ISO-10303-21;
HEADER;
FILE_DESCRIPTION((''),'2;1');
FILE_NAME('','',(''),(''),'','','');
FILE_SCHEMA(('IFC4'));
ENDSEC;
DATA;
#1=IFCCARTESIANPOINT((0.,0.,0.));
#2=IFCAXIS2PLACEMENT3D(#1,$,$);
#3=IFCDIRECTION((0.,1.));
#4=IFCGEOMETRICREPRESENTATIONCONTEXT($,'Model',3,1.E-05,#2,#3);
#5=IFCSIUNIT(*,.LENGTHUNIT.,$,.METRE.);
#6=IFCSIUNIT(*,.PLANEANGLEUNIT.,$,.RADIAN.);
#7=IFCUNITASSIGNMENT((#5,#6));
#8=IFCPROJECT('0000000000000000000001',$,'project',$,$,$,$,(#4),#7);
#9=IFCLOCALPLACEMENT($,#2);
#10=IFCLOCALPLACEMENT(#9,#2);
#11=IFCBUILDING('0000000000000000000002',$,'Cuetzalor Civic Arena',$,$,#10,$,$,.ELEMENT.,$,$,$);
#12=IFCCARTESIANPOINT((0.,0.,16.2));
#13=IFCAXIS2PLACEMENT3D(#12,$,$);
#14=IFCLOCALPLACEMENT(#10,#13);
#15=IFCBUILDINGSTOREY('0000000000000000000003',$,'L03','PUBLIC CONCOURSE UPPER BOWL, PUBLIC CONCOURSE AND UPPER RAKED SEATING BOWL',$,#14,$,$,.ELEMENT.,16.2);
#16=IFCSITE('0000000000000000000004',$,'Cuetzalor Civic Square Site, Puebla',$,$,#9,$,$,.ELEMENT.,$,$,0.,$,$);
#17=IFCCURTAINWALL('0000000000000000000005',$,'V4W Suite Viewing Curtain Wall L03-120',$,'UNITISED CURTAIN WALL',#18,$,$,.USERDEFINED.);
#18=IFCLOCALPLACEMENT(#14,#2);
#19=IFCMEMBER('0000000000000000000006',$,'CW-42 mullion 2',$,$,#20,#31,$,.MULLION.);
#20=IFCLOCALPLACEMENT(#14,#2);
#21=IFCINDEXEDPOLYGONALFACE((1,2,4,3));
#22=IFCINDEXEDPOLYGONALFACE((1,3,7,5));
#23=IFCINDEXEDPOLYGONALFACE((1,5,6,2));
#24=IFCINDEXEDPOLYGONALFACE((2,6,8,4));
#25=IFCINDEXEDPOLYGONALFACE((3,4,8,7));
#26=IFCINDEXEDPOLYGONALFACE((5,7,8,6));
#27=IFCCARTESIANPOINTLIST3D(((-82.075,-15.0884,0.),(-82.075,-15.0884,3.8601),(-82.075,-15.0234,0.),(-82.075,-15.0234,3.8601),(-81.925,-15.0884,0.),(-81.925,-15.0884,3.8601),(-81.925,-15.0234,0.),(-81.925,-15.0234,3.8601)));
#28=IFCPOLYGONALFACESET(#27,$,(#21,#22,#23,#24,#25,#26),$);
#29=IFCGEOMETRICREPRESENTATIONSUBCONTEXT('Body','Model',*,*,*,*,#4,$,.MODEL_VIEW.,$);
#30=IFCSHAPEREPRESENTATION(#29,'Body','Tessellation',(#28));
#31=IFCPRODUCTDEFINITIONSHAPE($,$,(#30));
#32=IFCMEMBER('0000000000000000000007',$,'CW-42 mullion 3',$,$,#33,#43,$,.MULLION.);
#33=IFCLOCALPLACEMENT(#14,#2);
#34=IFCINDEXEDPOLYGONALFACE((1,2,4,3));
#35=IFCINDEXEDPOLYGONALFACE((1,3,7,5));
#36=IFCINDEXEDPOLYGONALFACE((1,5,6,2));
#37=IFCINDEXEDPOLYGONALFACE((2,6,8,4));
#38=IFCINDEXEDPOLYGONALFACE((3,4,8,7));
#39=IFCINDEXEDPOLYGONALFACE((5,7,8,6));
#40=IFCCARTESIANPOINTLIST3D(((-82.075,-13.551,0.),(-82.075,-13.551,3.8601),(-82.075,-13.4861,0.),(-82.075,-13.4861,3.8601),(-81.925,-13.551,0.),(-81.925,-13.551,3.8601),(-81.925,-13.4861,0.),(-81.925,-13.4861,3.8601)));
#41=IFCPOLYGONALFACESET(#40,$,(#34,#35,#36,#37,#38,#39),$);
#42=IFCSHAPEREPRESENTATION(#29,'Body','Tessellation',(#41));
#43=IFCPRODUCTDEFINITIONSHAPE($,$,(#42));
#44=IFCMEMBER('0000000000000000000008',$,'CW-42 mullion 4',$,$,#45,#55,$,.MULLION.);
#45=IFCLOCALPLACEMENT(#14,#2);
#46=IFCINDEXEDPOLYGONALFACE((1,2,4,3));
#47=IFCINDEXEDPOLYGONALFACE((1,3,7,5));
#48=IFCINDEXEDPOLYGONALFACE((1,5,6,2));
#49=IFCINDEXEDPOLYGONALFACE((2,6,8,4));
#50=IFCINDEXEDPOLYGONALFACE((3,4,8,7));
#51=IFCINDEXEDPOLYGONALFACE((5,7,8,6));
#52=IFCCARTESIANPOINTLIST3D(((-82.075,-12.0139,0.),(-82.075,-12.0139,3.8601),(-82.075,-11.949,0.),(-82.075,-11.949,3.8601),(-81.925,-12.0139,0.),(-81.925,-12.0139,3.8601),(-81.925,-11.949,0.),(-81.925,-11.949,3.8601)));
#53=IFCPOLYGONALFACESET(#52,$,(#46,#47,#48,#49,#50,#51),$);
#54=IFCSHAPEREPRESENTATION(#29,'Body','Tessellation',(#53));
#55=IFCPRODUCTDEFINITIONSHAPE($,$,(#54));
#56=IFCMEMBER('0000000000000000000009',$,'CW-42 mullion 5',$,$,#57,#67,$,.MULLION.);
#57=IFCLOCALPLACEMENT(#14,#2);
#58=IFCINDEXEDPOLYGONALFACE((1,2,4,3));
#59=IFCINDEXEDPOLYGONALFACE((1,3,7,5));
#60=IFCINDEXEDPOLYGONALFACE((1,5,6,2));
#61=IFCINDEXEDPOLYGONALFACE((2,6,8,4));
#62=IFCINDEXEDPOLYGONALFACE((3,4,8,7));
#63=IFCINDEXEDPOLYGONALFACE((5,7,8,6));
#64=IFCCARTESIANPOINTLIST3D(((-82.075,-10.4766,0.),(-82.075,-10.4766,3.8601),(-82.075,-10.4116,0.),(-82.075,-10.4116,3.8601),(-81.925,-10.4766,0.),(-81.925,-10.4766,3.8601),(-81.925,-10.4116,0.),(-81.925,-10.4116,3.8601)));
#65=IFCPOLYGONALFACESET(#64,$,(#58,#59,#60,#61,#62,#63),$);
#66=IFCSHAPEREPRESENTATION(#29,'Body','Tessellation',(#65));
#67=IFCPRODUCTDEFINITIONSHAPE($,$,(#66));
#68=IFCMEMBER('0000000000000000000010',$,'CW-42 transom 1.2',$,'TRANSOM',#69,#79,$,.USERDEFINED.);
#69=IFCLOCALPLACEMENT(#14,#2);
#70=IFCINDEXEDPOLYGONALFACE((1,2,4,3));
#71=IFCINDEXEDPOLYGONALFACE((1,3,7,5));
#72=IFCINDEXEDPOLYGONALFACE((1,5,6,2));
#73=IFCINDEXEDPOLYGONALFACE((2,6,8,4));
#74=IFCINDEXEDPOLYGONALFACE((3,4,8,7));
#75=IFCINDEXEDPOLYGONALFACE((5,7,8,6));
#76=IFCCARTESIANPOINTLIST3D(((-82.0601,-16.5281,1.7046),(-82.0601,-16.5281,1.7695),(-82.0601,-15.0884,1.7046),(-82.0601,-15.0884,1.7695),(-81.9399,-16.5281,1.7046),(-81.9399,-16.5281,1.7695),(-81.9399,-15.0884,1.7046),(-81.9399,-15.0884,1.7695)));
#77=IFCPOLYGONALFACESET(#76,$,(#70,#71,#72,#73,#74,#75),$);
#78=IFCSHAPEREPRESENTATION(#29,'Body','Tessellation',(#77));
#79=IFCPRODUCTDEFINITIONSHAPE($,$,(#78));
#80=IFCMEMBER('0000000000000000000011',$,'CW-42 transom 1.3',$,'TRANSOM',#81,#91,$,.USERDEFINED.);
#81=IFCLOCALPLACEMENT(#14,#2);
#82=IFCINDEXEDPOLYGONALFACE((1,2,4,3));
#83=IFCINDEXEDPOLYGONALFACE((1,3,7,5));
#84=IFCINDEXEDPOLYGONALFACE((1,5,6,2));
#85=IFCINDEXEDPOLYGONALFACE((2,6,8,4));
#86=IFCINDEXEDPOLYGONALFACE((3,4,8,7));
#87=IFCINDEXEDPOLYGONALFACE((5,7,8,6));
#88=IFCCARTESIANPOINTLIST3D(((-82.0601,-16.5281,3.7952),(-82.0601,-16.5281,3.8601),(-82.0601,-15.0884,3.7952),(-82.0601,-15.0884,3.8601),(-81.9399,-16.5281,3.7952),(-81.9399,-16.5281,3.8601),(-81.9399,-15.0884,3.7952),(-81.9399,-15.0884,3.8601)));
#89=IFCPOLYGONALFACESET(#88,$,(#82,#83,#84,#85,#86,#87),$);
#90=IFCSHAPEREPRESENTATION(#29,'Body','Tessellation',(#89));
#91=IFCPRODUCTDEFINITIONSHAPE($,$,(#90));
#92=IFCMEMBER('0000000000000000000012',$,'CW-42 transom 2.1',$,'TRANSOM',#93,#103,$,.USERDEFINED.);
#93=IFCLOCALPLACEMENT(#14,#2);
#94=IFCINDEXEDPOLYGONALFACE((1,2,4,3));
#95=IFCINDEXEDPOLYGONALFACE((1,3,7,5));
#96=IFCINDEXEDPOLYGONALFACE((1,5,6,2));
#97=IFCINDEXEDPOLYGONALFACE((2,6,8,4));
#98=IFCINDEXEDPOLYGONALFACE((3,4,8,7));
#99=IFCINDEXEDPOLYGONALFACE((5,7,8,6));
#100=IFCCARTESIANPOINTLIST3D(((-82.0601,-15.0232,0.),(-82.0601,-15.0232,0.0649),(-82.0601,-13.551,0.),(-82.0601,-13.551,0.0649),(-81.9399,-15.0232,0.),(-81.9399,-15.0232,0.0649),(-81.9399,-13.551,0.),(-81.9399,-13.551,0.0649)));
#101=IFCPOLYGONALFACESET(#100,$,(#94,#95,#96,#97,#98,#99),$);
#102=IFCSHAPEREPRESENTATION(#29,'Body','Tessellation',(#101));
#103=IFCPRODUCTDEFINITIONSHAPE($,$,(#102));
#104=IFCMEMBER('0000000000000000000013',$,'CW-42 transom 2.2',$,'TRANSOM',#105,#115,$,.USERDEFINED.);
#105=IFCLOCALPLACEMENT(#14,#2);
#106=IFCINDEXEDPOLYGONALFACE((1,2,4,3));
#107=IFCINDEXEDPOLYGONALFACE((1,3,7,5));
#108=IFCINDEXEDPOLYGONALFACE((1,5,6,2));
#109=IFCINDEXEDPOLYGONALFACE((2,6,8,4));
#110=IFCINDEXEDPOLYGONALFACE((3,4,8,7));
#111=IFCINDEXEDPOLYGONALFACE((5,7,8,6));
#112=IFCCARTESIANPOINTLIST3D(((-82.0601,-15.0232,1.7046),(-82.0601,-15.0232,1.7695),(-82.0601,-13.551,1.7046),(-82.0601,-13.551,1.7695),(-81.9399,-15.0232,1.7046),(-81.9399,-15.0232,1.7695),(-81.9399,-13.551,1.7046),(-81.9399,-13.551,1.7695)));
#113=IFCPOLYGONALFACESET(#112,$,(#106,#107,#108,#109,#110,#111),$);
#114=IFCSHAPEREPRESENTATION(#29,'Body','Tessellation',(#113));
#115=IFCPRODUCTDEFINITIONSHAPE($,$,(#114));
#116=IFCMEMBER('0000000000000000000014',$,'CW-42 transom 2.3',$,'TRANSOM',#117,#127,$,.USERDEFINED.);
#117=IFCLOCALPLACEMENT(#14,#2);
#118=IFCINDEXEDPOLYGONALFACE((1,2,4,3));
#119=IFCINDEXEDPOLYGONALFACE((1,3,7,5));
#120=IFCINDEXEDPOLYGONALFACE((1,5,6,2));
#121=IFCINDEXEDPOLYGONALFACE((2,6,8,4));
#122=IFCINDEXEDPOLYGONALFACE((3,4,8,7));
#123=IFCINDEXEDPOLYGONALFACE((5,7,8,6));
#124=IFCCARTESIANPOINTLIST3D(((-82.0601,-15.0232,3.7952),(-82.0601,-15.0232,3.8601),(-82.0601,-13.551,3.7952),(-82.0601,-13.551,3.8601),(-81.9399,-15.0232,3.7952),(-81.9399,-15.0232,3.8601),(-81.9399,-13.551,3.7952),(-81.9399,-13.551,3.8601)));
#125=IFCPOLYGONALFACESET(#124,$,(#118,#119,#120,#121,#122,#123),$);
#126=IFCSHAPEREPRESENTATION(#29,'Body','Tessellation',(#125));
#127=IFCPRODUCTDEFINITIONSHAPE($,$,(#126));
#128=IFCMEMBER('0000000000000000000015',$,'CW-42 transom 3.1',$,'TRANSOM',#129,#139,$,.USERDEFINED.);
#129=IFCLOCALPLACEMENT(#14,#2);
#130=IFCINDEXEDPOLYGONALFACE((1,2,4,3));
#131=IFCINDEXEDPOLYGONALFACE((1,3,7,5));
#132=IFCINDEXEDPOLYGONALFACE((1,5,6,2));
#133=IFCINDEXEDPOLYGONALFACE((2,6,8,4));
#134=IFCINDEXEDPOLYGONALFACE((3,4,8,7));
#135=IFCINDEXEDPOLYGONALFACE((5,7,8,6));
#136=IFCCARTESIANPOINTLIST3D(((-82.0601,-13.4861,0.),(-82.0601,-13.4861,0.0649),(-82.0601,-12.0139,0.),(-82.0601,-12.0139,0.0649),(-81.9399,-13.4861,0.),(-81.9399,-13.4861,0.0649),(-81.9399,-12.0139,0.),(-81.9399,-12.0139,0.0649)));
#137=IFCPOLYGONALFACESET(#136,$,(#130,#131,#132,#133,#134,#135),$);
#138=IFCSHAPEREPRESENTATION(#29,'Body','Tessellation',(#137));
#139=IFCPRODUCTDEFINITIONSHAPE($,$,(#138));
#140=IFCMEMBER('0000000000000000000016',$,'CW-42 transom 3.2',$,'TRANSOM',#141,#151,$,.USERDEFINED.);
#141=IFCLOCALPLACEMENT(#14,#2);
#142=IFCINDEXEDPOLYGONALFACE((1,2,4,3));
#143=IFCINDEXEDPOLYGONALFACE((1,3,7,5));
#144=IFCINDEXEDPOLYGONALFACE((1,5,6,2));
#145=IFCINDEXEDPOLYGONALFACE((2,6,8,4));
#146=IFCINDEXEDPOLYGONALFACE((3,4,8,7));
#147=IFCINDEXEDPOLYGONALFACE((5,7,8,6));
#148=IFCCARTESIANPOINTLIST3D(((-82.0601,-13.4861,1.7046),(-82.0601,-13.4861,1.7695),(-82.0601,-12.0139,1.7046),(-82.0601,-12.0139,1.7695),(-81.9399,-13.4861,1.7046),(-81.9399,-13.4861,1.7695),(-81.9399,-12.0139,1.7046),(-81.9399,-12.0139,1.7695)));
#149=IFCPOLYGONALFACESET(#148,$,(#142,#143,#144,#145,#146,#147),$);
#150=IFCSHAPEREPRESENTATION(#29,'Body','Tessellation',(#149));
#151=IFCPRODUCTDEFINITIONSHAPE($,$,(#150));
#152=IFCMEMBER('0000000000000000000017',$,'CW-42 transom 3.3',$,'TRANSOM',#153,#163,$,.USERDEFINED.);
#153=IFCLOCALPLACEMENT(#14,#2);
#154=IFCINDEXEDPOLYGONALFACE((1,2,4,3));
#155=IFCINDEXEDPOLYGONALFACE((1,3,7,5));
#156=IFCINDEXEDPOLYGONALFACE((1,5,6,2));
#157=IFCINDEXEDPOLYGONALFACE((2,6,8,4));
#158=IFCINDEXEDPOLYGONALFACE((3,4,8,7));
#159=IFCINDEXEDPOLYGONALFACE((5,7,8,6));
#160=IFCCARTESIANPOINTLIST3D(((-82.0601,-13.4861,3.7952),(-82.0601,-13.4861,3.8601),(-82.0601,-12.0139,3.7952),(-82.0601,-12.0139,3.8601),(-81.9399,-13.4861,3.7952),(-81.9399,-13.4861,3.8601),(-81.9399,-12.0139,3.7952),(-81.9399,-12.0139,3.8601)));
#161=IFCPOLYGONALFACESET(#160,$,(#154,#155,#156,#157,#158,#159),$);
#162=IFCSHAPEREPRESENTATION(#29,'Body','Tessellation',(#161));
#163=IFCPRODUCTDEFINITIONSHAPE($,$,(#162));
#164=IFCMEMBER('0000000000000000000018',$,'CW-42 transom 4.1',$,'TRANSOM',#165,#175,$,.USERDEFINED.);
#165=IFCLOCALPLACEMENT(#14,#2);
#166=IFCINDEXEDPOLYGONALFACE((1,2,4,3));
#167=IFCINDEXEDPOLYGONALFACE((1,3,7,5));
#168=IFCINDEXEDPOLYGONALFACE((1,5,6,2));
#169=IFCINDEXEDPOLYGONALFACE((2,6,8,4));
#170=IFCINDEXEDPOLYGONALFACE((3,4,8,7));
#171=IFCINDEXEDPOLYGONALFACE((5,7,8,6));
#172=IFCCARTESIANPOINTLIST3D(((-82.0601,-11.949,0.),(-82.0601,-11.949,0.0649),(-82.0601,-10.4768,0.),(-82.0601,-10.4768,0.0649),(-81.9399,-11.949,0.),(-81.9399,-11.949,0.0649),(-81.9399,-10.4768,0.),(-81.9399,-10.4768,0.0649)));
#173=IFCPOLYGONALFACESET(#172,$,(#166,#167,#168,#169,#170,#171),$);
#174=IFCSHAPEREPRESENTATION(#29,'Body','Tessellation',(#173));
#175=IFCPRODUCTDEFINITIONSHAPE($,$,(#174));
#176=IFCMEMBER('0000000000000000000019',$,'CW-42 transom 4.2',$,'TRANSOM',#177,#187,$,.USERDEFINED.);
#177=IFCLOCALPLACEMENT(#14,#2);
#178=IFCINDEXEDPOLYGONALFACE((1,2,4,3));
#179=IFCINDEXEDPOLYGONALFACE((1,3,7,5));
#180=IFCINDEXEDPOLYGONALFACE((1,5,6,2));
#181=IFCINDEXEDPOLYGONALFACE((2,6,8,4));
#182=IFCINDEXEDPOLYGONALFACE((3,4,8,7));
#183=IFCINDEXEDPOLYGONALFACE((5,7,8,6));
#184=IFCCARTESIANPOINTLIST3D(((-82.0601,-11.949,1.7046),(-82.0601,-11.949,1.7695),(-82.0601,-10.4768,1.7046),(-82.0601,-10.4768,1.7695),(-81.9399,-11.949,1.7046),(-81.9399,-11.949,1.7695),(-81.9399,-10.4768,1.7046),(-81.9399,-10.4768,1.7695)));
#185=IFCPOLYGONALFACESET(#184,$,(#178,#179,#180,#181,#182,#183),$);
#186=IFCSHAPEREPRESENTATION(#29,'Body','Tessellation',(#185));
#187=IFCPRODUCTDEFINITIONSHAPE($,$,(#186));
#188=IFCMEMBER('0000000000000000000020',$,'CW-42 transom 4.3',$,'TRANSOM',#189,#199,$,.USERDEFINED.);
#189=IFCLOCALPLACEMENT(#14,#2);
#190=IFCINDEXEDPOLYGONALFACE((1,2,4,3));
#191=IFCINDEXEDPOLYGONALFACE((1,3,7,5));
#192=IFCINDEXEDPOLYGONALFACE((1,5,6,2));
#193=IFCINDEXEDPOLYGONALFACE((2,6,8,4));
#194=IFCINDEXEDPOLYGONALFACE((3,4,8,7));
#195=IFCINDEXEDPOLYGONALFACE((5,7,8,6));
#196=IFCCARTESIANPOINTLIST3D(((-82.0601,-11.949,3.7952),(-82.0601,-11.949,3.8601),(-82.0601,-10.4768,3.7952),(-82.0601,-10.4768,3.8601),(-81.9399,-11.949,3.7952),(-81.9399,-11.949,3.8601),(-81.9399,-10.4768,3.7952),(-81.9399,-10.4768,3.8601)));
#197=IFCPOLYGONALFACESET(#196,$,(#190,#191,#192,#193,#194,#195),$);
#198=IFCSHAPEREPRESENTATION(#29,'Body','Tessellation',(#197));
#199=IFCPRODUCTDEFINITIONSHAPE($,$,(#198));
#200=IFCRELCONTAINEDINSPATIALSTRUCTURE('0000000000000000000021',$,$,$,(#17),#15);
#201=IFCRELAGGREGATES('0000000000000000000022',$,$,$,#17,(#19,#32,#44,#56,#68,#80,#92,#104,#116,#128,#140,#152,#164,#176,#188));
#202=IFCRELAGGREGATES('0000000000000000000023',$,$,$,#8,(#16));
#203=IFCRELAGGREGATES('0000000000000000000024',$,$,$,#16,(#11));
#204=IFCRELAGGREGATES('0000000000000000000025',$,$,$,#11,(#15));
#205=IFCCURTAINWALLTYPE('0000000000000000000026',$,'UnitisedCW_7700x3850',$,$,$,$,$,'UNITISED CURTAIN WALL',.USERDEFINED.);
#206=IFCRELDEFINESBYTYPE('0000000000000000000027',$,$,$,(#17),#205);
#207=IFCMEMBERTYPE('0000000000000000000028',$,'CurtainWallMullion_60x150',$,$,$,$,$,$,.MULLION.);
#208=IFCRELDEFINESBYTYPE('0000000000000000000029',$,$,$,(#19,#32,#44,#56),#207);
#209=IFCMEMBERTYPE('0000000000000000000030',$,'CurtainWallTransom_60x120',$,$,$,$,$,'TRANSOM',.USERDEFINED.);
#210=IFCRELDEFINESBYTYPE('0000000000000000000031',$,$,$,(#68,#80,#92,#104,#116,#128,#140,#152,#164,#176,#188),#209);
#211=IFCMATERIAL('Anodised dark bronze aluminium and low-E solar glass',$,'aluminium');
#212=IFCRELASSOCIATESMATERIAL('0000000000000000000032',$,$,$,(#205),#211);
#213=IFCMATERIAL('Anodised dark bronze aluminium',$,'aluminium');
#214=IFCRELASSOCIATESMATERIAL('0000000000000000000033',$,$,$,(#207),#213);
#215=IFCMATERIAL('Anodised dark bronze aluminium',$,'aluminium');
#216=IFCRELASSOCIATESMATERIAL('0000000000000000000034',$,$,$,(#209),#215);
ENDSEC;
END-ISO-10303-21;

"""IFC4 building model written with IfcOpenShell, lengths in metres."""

from ifc_helpers import new_model, si_unit, direction, frame, origin, origin_2d, place, context, subcontext, project, spatial, rectangle, extrude, material, material_profile, profile_set, type_object, element, aggregate, save


model = new_model("IFC4")

# Units and contexts
model_context = context("Model", 3, precision=1e-05, world=origin(), true_north=direction((0.0, 1.0)))
body_context = subcontext(model_context, "Body", "Model", "MODEL_VIEW")
ifc_project = project(units=[si_unit("LENGTHUNIT", "METRE"), si_unit("PLANEANGLEUNIT", "RADIAN")], contexts=[model_context])

# Site, building, storey
site_placement = place(None, origin())
site = spatial("IfcSite", under=ifc_project, at=site_placement, Name="Cuetzalor Civic Square Site, Puebla", CompositionType="ELEMENT", RefElevation=0.0)
building_placement = place(site_placement, origin())
building = spatial("IfcBuilding", under=site, at=building_placement, Name="Cuetzalor Civic Arena", CompositionType="ELEMENT")
storey_placement = place(building_placement, frame((0.0, 0.0, 16.2)))
storey = spatial("IfcBuildingStorey", under=building, at=storey_placement, Name="L03", Description="PUBLIC CONCOURSE UPPER BOWL, PUBLIC CONCOURSE AND UPPER RAKED SEATING BOWL", CompositionType="ELEMENT", Elevation=16.2)

# Curtain wall, members
ifc_material_1 = material(Name="Anodised dark bronze aluminium and low-E solar glass", Category="aluminium")
curtain_wall_type = type_object("IfcCurtainWallType", Name="UnitisedCW_7700x3850", ElementType="UNITISED CURTAIN WALL", PredefinedType="USERDEFINED", material=ifc_material_1)
curtain_wall_placement = place(storey_placement, origin())
curtain_wall = element("IfcCurtainWall", 1, at=curtain_wall_placement, inside=storey, type_object=curtain_wall_type, Name="V4W Suite Viewing Curtain Wall L03-120", ObjectType="UNITISED CURTAIN WALL", PredefinedType="USERDEFINED")
ifc_material_2 = material(Name="Anodised dark bronze aluminium", Category="aluminium")
ifc_material_profile_1 = material_profile(ifc_material_2, rectangle(XDim=0.0649, YDim=0.1499, at=origin_2d()), Name="ALU MULLION 65x150")
ifc_profile_set_1 = profile_set([ifc_material_profile_1], Name="Anodised dark bronze aluminium")
member_type_1 = type_object("IfcMemberType", Name="CurtainWallMullion_60x150", PredefinedType="MULLION", material=ifc_profile_set_1)
member_1_placement = place(storey_placement, frame((-82.0, -15.0559, 0.0), z_axis=(0.0, 0.0, 1.0), x_axis=(0.0, 1.0, 0.0)))
member_1 = element("IfcMember", 2, at=member_1_placement, type_object=member_type_1, Name="CW-42 mullion 2", PredefinedType="MULLION", context=body_context, shape_type="SweptSolid", body=[
    extrude(rectangle(XDim=0.0649, YDim=0.1499, at=origin_2d()), origin(), (0.0, 0.0, 1.0), 3.8601),
])
member_2_placement = place(storey_placement, frame((-82.0, -13.5186, 0.0), z_axis=(0.0, 0.0, 1.0), x_axis=(0.0, 1.0, 0.0)))
member_2 = element("IfcMember", 3, at=member_2_placement, type_object=member_type_1, Name="CW-42 mullion 3", PredefinedType="MULLION", context=body_context, shape_type="SweptSolid", body=[
    extrude(rectangle(XDim=0.0649, YDim=0.1499, at=origin_2d()), origin(), (0.0, 0.0, 1.0), 3.8601),
])
member_3_placement = place(storey_placement, frame((-82.0, -11.9814, 0.0), z_axis=(0.0, 0.0, 1.0), x_axis=(0.0, 1.0, 0.0)))
member_3 = element("IfcMember", 4, at=member_3_placement, type_object=member_type_1, Name="CW-42 mullion 4", PredefinedType="MULLION", context=body_context, shape_type="SweptSolid", body=[
    extrude(rectangle(XDim=0.0649, YDim=0.1499, at=origin_2d()), origin(), (0.0, 0.0, 1.0), 3.8601),
])
member_4_placement = place(storey_placement, frame((-82.0, -10.4441, 0.0), z_axis=(0.0, 0.0, 1.0), x_axis=(0.0, 1.0, 0.0)))
member_4 = element("IfcMember", 5, at=member_4_placement, type_object=member_type_1, Name="CW-42 mullion 5", PredefinedType="MULLION", context=body_context, shape_type="SweptSolid", body=[
    extrude(rectangle(XDim=0.0649, YDim=0.1499, at=origin_2d()), origin(), (0.0, 0.0, 1.0), 3.8601),
])
ifc_material_3 = material(Name="Anodised dark bronze aluminium", Category="aluminium")
ifc_material_profile_2 = material_profile(ifc_material_3, rectangle(XDim=0.1201, YDim=0.0649, at=origin_2d()), Name="ALU TRANSOM 65x120")
ifc_profile_set_2 = profile_set([ifc_material_profile_2], Name="Anodised dark bronze aluminium")
member_type_2 = type_object("IfcMemberType", Name="CurtainWallTransom_60x120", ElementType="TRANSOM", PredefinedType="USERDEFINED", material=ifc_profile_set_2)
member_5_placement = place(storey_placement, frame((-82.0, -16.5281, 1.7371), z_axis=(0.0, 1.0, 0.0), x_axis=(-1.0, 0.0, 0.0)))
member_5 = element("IfcMember", 6, at=member_5_placement, type_object=member_type_2, Name="CW-42 transom 1.2", ObjectType="TRANSOM", PredefinedType="USERDEFINED", context=body_context, shape_type="SweptSolid", body=[
    extrude(rectangle(XDim=0.1201, YDim=0.0649, at=origin_2d()), origin(), (0.0, 0.0, 1.0), 1.4397),
])
member_6_placement = place(storey_placement, frame((-82.0, -16.5281, 3.8276), z_axis=(0.0, 1.0, 0.0), x_axis=(-1.0, 0.0, 0.0)))
member_6 = element("IfcMember", 7, at=member_6_placement, type_object=member_type_2, Name="CW-42 transom 1.3", ObjectType="TRANSOM", PredefinedType="USERDEFINED", context=body_context, shape_type="SweptSolid", body=[
    extrude(rectangle(XDim=0.1201, YDim=0.0649, at=origin_2d()), origin(), (0.0, 0.0, 1.0), 1.4397),
])
member_7_placement = place(storey_placement, frame((-82.0, -15.0232, 0.0325), z_axis=(0.0, 1.0, 0.0), x_axis=(-1.0, 0.0, 0.0)))
member_7 = element("IfcMember", 8, at=member_7_placement, type_object=member_type_2, Name="CW-42 transom 2.1", ObjectType="TRANSOM", PredefinedType="USERDEFINED", context=body_context, shape_type="SweptSolid", body=[
    extrude(rectangle(XDim=0.1201, YDim=0.0649, at=origin_2d()), origin(), (0.0, 0.0, 1.0), 1.4722),
])
member_8_placement = place(storey_placement, frame((-82.0, -15.0232, 1.7371), z_axis=(0.0, 1.0, 0.0), x_axis=(-1.0, 0.0, 0.0)))
member_8 = element("IfcMember", 9, at=member_8_placement, type_object=member_type_2, Name="CW-42 transom 2.2", ObjectType="TRANSOM", PredefinedType="USERDEFINED", context=body_context, shape_type="SweptSolid", body=[
    extrude(rectangle(XDim=0.1201, YDim=0.0649, at=origin_2d()), origin(), (0.0, 0.0, 1.0), 1.4722),
])
member_9_placement = place(storey_placement, frame((-82.0, -15.0232, 3.8276), z_axis=(0.0, 1.0, 0.0), x_axis=(-1.0, 0.0, 0.0)))
member_9 = element("IfcMember", 10, at=member_9_placement, type_object=member_type_2, Name="CW-42 transom 2.3", ObjectType="TRANSOM", PredefinedType="USERDEFINED", context=body_context, shape_type="SweptSolid", body=[
    extrude(rectangle(XDim=0.1201, YDim=0.0649, at=origin_2d()), origin(), (0.0, 0.0, 1.0), 1.4722),
])
member_10_placement = place(storey_placement, frame((-82.0, -13.4861, 0.0325), z_axis=(0.0, 1.0, 0.0), x_axis=(-1.0, 0.0, 0.0)))
member_10 = element("IfcMember", 11, at=member_10_placement, type_object=member_type_2, Name="CW-42 transom 3.1", ObjectType="TRANSOM", PredefinedType="USERDEFINED", context=body_context, shape_type="SweptSolid", body=[
    extrude(rectangle(XDim=0.1201, YDim=0.0649, at=origin_2d()), origin(), (0.0, 0.0, 1.0), 1.4722),
])
member_11_placement = place(storey_placement, frame((-82.0, -13.4861, 1.7371), z_axis=(0.0, 1.0, 0.0), x_axis=(-1.0, 0.0, 0.0)))
member_11 = element("IfcMember", 12, at=member_11_placement, type_object=member_type_2, Name="CW-42 transom 3.2", ObjectType="TRANSOM", PredefinedType="USERDEFINED", context=body_context, shape_type="SweptSolid", body=[
    extrude(rectangle(XDim=0.1201, YDim=0.0649, at=origin_2d()), origin(), (0.0, 0.0, 1.0), 1.4722),
])
member_12_placement = place(storey_placement, frame((-82.0, -13.4861, 3.8276), z_axis=(0.0, 1.0, 0.0), x_axis=(-1.0, 0.0, 0.0)))
member_12 = element("IfcMember", 13, at=member_12_placement, type_object=member_type_2, Name="CW-42 transom 3.3", ObjectType="TRANSOM", PredefinedType="USERDEFINED", context=body_context, shape_type="SweptSolid", body=[
    extrude(rectangle(XDim=0.1201, YDim=0.0649, at=origin_2d()), origin(), (0.0, 0.0, 1.0), 1.4722),
])
member_13_placement = place(storey_placement, frame((-82.0, -11.949, 0.0325), z_axis=(0.0, 1.0, 0.0), x_axis=(-1.0, 0.0, 0.0)))
member_13 = element("IfcMember", 14, at=member_13_placement, type_object=member_type_2, Name="CW-42 transom 4.1", ObjectType="TRANSOM", PredefinedType="USERDEFINED", context=body_context, shape_type="SweptSolid", body=[
    extrude(rectangle(XDim=0.1201, YDim=0.0649, at=origin_2d()), origin(), (0.0, 0.0, 1.0), 1.4722),
])
member_14_placement = place(storey_placement, frame((-82.0, -11.949, 1.7371), z_axis=(0.0, 1.0, 0.0), x_axis=(-1.0, 0.0, 0.0)))
member_14 = element("IfcMember", 15, at=member_14_placement, type_object=member_type_2, Name="CW-42 transom 4.2", ObjectType="TRANSOM", PredefinedType="USERDEFINED", context=body_context, shape_type="SweptSolid", body=[
    extrude(rectangle(XDim=0.1201, YDim=0.0649, at=origin_2d()), origin(), (0.0, 0.0, 1.0), 1.4722),
])
member_15_placement = place(storey_placement, frame((-82.0, -11.949, 3.8276), z_axis=(0.0, 1.0, 0.0), x_axis=(-1.0, 0.0, 0.0)))
member_15 = element("IfcMember", 16, at=member_15_placement, type_object=member_type_2, Name="CW-42 transom 4.3", ObjectType="TRANSOM", PredefinedType="USERDEFINED", context=body_context, shape_type="SweptSolid", body=[
    extrude(rectangle(XDim=0.1201, YDim=0.0649, at=origin_2d()), origin(), (0.0, 0.0, 1.0), 1.4722),
])
aggregate(curtain_wall, [member_1, member_2, member_3, member_4, member_5, member_6, member_7, member_8, member_9, member_10, member_11, member_12, member_13, member_14, member_15])

save(model, "model.ifc")
